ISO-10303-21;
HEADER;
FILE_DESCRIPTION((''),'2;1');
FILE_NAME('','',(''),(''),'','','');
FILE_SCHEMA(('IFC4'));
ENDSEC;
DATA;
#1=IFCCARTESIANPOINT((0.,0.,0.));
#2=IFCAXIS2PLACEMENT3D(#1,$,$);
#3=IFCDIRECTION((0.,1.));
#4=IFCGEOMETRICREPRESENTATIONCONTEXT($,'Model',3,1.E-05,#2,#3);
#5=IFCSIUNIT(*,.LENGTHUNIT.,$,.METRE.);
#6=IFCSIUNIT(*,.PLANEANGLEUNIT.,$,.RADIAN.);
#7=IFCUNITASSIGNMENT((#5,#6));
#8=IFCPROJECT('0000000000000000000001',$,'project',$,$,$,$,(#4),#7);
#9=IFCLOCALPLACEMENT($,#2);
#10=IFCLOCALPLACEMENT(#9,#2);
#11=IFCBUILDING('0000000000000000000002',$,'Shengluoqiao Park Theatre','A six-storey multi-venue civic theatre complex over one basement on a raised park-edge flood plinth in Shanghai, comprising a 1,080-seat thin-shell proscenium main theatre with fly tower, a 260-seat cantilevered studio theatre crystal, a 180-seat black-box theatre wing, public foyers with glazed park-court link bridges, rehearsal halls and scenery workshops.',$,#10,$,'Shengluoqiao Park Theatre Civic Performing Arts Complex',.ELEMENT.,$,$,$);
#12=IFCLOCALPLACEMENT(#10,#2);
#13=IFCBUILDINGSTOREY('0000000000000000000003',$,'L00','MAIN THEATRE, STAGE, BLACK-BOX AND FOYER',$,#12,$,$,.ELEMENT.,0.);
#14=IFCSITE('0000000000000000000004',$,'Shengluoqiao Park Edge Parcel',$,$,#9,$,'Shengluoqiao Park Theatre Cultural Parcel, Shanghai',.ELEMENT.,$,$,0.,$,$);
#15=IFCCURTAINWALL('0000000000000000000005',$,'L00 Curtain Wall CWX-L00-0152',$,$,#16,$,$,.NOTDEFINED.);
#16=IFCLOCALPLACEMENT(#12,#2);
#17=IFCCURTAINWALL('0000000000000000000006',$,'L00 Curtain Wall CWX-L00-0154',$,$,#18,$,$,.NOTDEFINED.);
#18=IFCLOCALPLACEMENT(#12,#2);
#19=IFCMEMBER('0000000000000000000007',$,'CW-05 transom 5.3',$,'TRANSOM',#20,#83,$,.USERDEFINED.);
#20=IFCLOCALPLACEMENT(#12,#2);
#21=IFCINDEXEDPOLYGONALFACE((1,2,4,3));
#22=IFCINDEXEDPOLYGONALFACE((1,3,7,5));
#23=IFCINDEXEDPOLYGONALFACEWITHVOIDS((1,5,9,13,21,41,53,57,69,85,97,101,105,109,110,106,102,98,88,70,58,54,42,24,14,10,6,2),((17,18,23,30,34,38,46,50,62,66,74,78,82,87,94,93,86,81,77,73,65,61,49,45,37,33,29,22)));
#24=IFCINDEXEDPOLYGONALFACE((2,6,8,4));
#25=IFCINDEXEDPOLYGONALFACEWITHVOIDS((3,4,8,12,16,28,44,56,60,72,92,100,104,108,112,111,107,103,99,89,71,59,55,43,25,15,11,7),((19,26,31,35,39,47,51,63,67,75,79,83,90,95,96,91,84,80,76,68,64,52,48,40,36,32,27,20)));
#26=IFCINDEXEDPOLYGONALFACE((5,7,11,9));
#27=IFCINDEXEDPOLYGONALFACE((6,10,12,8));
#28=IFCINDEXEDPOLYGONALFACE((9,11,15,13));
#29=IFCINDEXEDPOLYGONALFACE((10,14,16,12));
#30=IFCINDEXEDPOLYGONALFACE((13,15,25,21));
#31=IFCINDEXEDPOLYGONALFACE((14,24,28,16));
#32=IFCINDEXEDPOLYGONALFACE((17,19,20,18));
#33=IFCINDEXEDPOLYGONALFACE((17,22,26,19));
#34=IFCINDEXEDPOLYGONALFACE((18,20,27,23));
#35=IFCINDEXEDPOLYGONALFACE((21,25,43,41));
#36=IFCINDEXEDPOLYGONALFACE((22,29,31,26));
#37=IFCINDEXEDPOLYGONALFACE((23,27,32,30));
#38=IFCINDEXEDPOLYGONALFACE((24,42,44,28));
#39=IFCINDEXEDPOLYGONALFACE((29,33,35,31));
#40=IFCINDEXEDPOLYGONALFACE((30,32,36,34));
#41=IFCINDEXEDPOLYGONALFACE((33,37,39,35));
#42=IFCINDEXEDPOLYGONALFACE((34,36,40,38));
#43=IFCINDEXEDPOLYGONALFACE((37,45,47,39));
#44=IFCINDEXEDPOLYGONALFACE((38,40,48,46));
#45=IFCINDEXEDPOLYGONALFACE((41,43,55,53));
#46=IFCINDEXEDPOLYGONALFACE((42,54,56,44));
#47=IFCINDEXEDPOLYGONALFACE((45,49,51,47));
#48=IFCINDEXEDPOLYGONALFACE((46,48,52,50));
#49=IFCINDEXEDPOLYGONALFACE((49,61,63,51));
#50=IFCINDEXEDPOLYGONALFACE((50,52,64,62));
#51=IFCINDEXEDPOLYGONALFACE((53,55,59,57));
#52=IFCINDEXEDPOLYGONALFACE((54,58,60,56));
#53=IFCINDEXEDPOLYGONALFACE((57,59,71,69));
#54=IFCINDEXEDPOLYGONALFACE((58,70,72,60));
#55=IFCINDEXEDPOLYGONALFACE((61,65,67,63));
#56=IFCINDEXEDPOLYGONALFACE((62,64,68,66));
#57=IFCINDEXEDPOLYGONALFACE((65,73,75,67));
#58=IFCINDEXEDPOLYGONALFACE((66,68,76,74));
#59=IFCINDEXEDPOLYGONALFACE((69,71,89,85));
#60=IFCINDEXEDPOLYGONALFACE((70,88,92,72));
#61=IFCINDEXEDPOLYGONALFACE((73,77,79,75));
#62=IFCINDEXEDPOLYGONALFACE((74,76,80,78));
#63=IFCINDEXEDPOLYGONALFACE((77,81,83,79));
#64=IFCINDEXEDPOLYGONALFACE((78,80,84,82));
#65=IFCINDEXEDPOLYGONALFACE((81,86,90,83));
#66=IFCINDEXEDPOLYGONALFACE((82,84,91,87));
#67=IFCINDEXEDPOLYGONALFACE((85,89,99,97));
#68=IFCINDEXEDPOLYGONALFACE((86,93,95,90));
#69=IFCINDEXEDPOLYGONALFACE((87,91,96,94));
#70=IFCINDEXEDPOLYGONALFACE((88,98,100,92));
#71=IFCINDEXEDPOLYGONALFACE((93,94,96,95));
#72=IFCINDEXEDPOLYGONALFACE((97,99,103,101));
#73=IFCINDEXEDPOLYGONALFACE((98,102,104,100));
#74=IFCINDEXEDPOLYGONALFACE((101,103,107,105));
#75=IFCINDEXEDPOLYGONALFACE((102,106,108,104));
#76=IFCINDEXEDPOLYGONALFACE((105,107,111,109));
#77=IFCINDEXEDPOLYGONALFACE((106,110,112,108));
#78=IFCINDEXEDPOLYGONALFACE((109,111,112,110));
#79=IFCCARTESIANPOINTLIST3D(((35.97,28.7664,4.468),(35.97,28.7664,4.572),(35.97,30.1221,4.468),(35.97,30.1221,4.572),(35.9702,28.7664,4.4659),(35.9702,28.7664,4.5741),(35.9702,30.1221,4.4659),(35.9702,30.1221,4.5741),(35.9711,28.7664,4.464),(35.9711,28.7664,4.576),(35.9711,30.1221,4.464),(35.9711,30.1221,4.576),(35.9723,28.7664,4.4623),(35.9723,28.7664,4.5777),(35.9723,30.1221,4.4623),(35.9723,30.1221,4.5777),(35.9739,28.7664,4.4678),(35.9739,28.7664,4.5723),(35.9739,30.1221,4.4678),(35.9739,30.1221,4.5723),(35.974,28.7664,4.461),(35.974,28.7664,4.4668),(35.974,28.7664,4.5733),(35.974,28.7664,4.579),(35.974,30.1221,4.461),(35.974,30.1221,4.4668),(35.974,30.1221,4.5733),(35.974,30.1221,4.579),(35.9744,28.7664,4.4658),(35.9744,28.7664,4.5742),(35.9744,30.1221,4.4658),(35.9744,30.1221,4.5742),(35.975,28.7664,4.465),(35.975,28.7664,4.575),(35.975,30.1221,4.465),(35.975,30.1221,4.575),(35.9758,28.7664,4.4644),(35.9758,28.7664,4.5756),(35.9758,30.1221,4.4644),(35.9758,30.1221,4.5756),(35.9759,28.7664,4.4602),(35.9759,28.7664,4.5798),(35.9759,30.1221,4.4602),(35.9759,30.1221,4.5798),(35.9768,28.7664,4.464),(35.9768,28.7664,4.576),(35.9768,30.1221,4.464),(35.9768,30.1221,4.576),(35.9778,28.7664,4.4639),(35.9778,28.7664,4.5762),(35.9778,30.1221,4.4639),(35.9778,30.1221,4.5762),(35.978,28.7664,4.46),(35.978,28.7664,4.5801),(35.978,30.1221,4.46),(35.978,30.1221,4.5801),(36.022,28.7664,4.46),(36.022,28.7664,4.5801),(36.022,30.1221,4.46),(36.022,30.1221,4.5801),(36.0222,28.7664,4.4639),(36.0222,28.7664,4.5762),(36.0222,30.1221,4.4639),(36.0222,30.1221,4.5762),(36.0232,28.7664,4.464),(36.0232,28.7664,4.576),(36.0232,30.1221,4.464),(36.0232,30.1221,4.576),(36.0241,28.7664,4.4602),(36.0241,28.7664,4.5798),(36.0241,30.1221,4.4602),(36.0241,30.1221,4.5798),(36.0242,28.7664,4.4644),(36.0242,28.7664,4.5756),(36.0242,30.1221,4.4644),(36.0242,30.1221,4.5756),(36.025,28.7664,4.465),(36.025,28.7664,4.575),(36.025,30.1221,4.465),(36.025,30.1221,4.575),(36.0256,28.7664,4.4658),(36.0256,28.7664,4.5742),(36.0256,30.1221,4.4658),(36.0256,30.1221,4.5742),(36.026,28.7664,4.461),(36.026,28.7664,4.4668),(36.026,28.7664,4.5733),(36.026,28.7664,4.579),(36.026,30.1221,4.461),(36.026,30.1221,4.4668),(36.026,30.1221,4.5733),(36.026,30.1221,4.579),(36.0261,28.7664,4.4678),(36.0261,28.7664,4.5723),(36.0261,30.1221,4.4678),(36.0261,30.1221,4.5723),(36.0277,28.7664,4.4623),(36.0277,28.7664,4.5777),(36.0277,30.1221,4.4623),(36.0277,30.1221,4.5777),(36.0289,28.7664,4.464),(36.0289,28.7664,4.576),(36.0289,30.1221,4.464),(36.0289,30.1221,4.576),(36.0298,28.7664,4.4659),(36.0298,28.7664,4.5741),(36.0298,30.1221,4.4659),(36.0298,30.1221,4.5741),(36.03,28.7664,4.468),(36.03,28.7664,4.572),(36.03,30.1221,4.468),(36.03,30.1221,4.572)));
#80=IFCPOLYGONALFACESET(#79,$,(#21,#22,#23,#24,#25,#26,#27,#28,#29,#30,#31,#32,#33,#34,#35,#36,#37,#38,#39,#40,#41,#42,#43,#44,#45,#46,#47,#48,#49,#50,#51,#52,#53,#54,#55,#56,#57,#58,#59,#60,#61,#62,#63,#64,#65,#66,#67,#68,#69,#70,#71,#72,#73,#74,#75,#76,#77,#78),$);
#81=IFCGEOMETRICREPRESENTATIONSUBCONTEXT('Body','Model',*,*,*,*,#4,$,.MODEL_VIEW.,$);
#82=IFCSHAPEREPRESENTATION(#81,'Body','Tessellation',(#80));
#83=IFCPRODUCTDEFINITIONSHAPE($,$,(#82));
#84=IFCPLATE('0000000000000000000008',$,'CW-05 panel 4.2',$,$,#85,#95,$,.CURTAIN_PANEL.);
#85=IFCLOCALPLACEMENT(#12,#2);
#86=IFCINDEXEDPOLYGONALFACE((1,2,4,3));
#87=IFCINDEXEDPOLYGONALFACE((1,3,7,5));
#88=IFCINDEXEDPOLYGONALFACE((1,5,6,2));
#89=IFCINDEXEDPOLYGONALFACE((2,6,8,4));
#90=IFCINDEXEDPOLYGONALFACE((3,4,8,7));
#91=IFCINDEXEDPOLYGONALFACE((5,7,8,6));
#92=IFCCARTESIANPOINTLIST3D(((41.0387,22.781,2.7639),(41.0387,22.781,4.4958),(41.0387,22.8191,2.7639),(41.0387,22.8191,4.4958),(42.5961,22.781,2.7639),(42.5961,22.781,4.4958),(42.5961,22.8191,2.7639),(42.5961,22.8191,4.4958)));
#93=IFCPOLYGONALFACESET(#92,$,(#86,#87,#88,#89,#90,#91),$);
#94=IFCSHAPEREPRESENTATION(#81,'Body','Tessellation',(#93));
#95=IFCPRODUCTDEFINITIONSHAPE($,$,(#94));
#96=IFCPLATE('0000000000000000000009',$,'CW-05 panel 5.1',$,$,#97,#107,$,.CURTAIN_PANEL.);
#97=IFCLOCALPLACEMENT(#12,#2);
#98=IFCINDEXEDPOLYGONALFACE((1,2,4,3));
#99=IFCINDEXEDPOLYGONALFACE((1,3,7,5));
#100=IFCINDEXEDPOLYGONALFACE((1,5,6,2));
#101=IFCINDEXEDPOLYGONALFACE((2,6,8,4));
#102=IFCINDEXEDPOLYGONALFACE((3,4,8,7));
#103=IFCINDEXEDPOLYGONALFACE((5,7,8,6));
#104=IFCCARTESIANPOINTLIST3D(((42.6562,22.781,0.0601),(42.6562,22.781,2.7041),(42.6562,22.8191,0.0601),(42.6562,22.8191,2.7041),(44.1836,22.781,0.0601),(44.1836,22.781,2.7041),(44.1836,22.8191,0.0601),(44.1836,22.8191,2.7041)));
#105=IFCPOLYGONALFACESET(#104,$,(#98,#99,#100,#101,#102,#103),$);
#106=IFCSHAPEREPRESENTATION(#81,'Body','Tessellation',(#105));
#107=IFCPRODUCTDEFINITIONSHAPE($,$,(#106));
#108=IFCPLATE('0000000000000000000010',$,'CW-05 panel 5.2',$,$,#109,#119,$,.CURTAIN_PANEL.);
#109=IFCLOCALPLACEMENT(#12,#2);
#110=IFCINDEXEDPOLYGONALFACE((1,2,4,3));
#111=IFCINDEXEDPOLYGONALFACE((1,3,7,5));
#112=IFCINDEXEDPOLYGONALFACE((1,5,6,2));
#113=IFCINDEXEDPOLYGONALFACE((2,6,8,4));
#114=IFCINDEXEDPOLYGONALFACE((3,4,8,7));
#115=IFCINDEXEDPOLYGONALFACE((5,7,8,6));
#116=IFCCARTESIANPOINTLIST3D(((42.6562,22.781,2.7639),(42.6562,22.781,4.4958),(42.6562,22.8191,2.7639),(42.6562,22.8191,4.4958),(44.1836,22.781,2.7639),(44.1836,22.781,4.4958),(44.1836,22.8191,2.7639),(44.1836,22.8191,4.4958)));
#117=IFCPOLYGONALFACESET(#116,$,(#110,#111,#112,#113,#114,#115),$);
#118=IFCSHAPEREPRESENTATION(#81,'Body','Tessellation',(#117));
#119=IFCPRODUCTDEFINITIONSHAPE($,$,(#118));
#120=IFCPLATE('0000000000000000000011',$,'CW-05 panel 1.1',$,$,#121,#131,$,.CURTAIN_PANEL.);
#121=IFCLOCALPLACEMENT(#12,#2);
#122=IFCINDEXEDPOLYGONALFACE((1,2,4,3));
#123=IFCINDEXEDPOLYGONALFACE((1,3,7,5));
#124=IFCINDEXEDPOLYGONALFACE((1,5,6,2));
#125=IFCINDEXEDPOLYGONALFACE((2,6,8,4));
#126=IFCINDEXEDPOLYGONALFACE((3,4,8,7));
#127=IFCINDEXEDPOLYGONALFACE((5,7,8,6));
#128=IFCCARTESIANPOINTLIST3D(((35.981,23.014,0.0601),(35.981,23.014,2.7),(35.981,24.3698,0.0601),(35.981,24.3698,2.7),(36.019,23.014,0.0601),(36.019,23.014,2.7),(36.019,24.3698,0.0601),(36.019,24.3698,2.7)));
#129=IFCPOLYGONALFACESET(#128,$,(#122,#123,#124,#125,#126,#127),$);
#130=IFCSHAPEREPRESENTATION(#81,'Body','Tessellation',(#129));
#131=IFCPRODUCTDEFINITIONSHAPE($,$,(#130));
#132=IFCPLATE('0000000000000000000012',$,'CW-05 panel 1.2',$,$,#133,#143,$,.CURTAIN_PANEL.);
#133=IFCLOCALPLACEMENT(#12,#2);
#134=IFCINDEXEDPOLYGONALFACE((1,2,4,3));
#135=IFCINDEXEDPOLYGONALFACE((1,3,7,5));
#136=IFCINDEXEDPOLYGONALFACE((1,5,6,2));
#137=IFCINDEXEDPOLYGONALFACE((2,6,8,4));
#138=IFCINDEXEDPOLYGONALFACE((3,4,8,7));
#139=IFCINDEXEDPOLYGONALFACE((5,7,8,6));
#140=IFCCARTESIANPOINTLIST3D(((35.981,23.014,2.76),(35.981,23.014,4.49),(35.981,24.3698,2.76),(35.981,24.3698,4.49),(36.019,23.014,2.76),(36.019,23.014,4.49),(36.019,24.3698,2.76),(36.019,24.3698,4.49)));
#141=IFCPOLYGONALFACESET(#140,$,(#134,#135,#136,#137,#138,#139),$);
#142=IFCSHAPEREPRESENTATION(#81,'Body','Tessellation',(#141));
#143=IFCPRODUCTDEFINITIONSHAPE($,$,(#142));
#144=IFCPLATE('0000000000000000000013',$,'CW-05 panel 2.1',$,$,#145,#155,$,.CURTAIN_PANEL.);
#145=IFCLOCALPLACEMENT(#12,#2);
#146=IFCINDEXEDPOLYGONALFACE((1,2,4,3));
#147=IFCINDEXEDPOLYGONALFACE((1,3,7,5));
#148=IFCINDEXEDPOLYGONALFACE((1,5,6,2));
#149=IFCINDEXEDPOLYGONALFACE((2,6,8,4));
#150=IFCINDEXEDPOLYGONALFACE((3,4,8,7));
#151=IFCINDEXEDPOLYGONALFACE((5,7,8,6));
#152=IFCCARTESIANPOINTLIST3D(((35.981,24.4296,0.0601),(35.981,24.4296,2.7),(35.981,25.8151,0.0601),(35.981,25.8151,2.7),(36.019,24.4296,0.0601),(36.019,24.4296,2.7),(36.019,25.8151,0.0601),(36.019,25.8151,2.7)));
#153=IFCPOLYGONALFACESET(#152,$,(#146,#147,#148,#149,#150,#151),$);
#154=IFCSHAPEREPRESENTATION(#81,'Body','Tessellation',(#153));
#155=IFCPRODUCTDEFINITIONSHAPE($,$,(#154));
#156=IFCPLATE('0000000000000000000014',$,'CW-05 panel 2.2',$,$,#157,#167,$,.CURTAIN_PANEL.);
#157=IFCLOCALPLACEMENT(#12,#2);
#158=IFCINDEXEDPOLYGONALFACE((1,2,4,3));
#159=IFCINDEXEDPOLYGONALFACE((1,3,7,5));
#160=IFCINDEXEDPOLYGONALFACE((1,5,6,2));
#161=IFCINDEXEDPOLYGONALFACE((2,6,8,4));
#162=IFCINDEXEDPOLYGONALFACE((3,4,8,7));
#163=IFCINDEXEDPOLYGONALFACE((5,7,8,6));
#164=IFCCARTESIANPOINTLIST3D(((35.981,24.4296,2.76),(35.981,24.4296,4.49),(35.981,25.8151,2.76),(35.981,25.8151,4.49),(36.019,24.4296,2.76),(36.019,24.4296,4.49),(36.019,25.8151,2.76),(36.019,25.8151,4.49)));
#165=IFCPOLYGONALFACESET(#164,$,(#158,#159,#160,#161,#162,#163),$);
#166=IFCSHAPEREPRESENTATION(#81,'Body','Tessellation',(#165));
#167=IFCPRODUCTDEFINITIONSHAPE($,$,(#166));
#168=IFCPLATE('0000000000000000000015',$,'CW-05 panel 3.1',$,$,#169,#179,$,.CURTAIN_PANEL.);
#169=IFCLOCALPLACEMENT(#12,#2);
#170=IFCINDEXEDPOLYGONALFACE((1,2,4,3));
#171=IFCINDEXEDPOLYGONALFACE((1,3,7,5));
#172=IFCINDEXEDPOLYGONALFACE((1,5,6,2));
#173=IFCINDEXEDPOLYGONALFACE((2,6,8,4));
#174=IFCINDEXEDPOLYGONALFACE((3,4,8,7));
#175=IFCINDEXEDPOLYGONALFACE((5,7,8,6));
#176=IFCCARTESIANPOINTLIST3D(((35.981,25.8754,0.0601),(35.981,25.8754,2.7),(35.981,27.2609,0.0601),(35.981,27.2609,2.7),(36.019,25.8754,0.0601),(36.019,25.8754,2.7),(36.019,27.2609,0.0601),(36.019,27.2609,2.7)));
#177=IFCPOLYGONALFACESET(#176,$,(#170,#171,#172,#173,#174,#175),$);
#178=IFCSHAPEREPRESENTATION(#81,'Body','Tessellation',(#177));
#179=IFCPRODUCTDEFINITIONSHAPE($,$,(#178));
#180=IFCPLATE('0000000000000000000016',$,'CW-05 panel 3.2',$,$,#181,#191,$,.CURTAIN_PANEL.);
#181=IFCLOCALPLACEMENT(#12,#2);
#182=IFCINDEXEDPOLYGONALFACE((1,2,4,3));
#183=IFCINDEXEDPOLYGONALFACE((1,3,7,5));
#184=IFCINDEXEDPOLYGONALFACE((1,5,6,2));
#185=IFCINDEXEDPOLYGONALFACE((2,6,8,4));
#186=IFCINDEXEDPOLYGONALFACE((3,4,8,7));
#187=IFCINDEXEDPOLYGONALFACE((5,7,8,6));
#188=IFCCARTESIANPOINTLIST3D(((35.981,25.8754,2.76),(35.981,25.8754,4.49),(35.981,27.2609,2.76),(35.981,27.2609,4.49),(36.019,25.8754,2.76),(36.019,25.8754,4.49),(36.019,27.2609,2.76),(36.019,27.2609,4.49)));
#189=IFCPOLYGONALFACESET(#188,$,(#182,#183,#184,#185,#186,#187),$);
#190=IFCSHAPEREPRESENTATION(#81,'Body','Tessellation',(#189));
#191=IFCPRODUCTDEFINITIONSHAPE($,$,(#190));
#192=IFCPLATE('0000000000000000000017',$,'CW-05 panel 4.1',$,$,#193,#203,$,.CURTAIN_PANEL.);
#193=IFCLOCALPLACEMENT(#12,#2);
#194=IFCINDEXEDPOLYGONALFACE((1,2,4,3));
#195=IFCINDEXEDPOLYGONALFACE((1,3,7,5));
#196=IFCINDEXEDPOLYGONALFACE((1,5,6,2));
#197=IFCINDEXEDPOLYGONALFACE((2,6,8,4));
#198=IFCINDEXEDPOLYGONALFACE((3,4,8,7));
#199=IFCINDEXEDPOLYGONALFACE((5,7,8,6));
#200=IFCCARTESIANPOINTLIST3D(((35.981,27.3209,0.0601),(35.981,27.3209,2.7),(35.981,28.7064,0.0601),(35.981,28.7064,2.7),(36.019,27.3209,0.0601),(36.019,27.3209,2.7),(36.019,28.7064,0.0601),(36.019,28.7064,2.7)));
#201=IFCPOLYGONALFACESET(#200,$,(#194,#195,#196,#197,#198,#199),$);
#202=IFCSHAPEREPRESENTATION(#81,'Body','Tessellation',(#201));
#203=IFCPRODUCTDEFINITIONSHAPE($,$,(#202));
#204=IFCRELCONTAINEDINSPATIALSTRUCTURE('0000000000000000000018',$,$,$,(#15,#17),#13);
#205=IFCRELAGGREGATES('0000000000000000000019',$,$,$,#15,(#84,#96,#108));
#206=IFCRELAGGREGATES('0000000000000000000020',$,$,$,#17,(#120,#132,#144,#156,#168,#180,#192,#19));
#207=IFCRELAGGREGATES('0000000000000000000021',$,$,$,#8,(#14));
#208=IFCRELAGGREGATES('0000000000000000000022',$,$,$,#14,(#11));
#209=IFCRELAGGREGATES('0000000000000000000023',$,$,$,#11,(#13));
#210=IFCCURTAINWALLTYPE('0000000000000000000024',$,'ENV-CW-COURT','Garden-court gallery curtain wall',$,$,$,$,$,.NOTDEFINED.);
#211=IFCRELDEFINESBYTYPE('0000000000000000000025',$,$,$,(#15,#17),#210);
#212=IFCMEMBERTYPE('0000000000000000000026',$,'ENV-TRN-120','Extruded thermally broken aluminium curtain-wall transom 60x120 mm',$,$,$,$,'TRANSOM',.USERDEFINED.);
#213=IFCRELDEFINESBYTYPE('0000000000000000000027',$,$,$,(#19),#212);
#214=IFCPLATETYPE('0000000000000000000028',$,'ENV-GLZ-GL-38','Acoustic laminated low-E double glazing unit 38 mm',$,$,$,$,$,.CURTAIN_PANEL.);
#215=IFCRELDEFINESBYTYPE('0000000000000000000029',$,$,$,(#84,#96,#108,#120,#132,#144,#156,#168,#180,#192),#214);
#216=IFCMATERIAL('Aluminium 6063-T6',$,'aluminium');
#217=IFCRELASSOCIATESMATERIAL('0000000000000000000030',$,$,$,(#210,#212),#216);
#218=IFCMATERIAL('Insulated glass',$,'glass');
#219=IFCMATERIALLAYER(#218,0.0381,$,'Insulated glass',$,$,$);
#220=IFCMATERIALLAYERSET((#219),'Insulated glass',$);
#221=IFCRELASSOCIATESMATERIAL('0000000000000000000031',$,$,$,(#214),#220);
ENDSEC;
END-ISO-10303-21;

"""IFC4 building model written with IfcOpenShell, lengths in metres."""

from ifc_helpers import new_model, si_unit, direction, frame, origin, origin_2d, place, context, subcontext, project, spatial, rectangle, hollow_rectangle, extrude, material, layer, layer_set, material_profile, profile_set, type_object, element, aggregate, save


model = new_model("IFC4")

# Units and contexts
model_context = context("Model", 3, precision=1e-05, world=origin(), true_north=direction((0.0, 1.0)))
body_context = subcontext(model_context, "Body", "Model", "MODEL_VIEW")
ifc_project = project(units=[si_unit("LENGTHUNIT", "METRE"), si_unit("PLANEANGLEUNIT", "RADIAN")], contexts=[model_context])

# Site, building, storey
site_placement = place(None, origin())
site = spatial("IfcSite", under=ifc_project, at=site_placement, Name="Shengluoqiao Park Edge Parcel", LongName="Shengluoqiao Park Theatre Cultural Parcel, Shanghai", CompositionType="ELEMENT", RefElevation=0.0)
building_placement = place(site_placement, origin())
building = spatial("IfcBuilding", under=site, at=building_placement, Name="Shengluoqiao Park Theatre", Description="A six-storey multi-venue civic theatre complex over one basement on a raised park-edge flood plinth in Shanghai, comprising a 1,080-seat thin-shell proscenium main theatre with fly tower, a 260-seat cantilevered studio theatre crystal, a 180-seat black-box theatre wing, public foyers with glazed park-court link bridges, rehearsal halls and scenery workshops.", LongName="Shengluoqiao Park Theatre Civic Performing Arts Complex", CompositionType="ELEMENT")
storey_placement = place(building_placement, origin())
storey = spatial("IfcBuildingStorey", under=building, at=storey_placement, Name="L00", Description="MAIN THEATRE, STAGE, BLACK-BOX AND FOYER", CompositionType="ELEMENT", Elevation=0.0)

# Curtain walls
ifc_material_1 = material(Name="Aluminium 6063-T6", Category="aluminium")
curtain_wall_type = type_object("IfcCurtainWallType", Name="ENV-CW-COURT", Description="Garden-court gallery curtain wall", PredefinedType="NOTDEFINED", material=ifc_material_1)
curtain_wall_1_placement = place(storey_placement, origin())
curtain_wall_1 = element("IfcCurtainWall", 1, at=curtain_wall_1_placement, inside=storey, type_object=curtain_wall_type, Name="L00 Curtain Wall CWX-L00-0152", PredefinedType="NOTDEFINED")
curtain_wall_2_placement = place(storey_placement, origin())
curtain_wall_2 = element("IfcCurtainWall", 2, at=curtain_wall_2_placement, inside=storey, type_object=curtain_wall_type, Name="L00 Curtain Wall CWX-L00-0154", PredefinedType="NOTDEFINED")

# Member
ifc_material_profile_1 = material_profile(ifc_material_1, hollow_rectangle(XDim=0.0601, YDim=0.1201, WallThickness=0.0039, InnerFilletRadius=0.0039, OuterFilletRadius=0.0081, at=origin_2d()), Name="ALU TRANSOM 120x60x4")
ifc_profile_set_1 = profile_set([ifc_material_profile_1], Name="Aluminium 6063-T6")
member_type_1 = type_object("IfcMemberType", Name="ENV-TRN-120", Description="Extruded thermally broken aluminium curtain-wall transom 60x120 mm", ElementType="TRANSOM", PredefinedType="USERDEFINED", material=ifc_profile_set_1)
member_1_placement = place(storey_placement, frame((36.0, 28.7664, 4.52), z_axis=(0.0, 1.0, 0.0), x_axis=(-1.0, 0.0, 0.0)))
member_1 = element("IfcMember", 3, at=member_1_placement, type_object=member_type_1, Name="CW-05 transom 5.3", ObjectType="TRANSOM", PredefinedType="USERDEFINED", context=body_context, shape_type="SweptSolid", body=[
    extrude(hollow_rectangle(XDim=0.0601, YDim=0.1201, WallThickness=0.0039, InnerFilletRadius=0.0039, OuterFilletRadius=0.0081, at=origin_2d()), origin(), (0.0, 0.0, 1.0), 1.3557),
])

# Plates
ifc_material_2 = material(Name="Insulated glass", Category="glass")
ifc_layer = layer(ifc_material_2, 0.0381, Name="Insulated glass")
ifc_layer_set = layer_set([ifc_layer], Name="Insulated glass")
plate_type = type_object("IfcPlateType", Name="ENV-GLZ-GL-38", Description="Acoustic laminated low-E double glazing unit 38 mm", PredefinedType="CURTAIN_PANEL", material=ifc_layer_set)
plate_1_placement = place(storey_placement, frame((41.8174, 22.8, 2.7639), z_axis=(0.0, 0.0, 1.0), x_axis=(1.0, 0.0, 0.0)))
plate_1 = element("IfcPlate", 4, at=plate_1_placement, type_object=plate_type, Name="CW-05 panel 4.2", PredefinedType="CURTAIN_PANEL", context=body_context, shape_type="SweptSolid", body=[
    extrude(rectangle(XDim=1.5574, YDim=0.0381, at=origin_2d()), origin(), (0.0, 0.0, 1.0), 1.7319),
])
plate_2_placement = place(storey_placement, frame((43.4199, 22.8, 0.0601), z_axis=(0.0, 0.0, 1.0), x_axis=(1.0, 0.0, 0.0)))
plate_2 = element("IfcPlate", 5, at=plate_2_placement, type_object=plate_type, Name="CW-05 panel 5.1", PredefinedType="CURTAIN_PANEL", context=body_context, shape_type="SweptSolid", body=[
    extrude(rectangle(XDim=1.5273, YDim=0.0381, at=origin_2d()), origin(), (0.0, 0.0, 1.0), 2.644),
])
plate_3_placement = place(storey_placement, frame((43.4199, 22.8, 2.7639), z_axis=(0.0, 0.0, 1.0), x_axis=(1.0, 0.0, 0.0)))
plate_3 = element("IfcPlate", 6, at=plate_3_placement, type_object=plate_type, Name="CW-05 panel 5.2", PredefinedType="CURTAIN_PANEL", context=body_context, shape_type="SweptSolid", body=[
    extrude(rectangle(XDim=1.5273, YDim=0.0381, at=origin_2d()), origin(), (0.0, 0.0, 1.0), 1.7319),
])
aggregate(curtain_wall_1, [plate_1, plate_2, plate_3])
plate_4_placement = place(storey_placement, frame((36.0, 23.6919, 0.0601), z_axis=(0.0, 0.0, 1.0), x_axis=(0.0, 1.0, 0.0)))
plate_4 = element("IfcPlate", 7, at=plate_4_placement, type_object=plate_type, Name="CW-05 panel 1.1", PredefinedType="CURTAIN_PANEL", context=body_context, shape_type="SweptSolid", body=[
    extrude(rectangle(XDim=1.3557, YDim=0.0381, at=origin_2d()), origin(), (0.0, 0.0, 1.0), 2.6399),
])
plate_5_placement = place(storey_placement, frame((36.0, 23.6919, 2.76), z_axis=(0.0, 0.0, 1.0), x_axis=(0.0, 1.0, 0.0)))
plate_5 = element("IfcPlate", 8, at=plate_5_placement, type_object=plate_type, Name="CW-05 panel 1.2", PredefinedType="CURTAIN_PANEL", context=body_context, shape_type="SweptSolid", body=[
    extrude(rectangle(XDim=1.3557, YDim=0.0381, at=origin_2d()), origin(), (0.0, 0.0, 1.0), 1.73),
])
plate_6_placement = place(storey_placement, frame((36.0, 25.1223, 0.0601), z_axis=(0.0, 0.0, 1.0), x_axis=(0.0, 1.0, 0.0)))
plate_6 = element("IfcPlate", 9, at=plate_6_placement, type_object=plate_type, Name="CW-05 panel 2.1", PredefinedType="CURTAIN_PANEL", context=body_context, shape_type="SweptSolid", body=[
    extrude(rectangle(XDim=1.3855, YDim=0.0381, at=origin_2d()), origin(), (0.0, 0.0, 1.0), 2.6399),
])
plate_7_placement = place(storey_placement, frame((36.0, 25.1223, 2.76), z_axis=(0.0, 0.0, 1.0), x_axis=(0.0, 1.0, 0.0)))
plate_7 = element("IfcPlate", 10, at=plate_7_placement, type_object=plate_type, Name="CW-05 panel 2.2", PredefinedType="CURTAIN_PANEL", context=body_context, shape_type="SweptSolid", body=[
    extrude(rectangle(XDim=1.3855, YDim=0.0381, at=origin_2d()), origin(), (0.0, 0.0, 1.0), 1.73),
])
plate_8_placement = place(storey_placement, frame((36.0, 26.5681, 0.0601), z_axis=(0.0, 0.0, 1.0), x_axis=(0.0, 1.0, 0.0)))
plate_8 = element("IfcPlate", 11, at=plate_8_placement, type_object=plate_type, Name="CW-05 panel 3.1", PredefinedType="CURTAIN_PANEL", context=body_context, shape_type="SweptSolid", body=[
    extrude(rectangle(XDim=1.3855, YDim=0.0381, at=origin_2d()), origin(), (0.0, 0.0, 1.0), 2.6399),
])
plate_9_placement = place(storey_placement, frame((36.0, 26.5681, 2.76), z_axis=(0.0, 0.0, 1.0), x_axis=(0.0, 1.0, 0.0)))
plate_9 = element("IfcPlate", 12, at=plate_9_placement, type_object=plate_type, Name="CW-05 panel 3.2", PredefinedType="CURTAIN_PANEL", context=body_context, shape_type="SweptSolid", body=[
    extrude(rectangle(XDim=1.3855, YDim=0.0381, at=origin_2d()), origin(), (0.0, 0.0, 1.0), 1.73),
])
plate_10_placement = place(storey_placement, frame((36.0, 28.0137, 0.0601), z_axis=(0.0, 0.0, 1.0), x_axis=(0.0, 1.0, 0.0)))
plate_10 = element("IfcPlate", 13, at=plate_10_placement, type_object=plate_type, Name="CW-05 panel 4.1", PredefinedType="CURTAIN_PANEL", context=body_context, shape_type="SweptSolid", body=[
    extrude(rectangle(XDim=1.3855, YDim=0.0381, at=origin_2d()), origin(), (0.0, 0.0, 1.0), 2.6399),
])
aggregate(curtain_wall_2, [plate_4, plate_5, plate_6, plate_7, plate_8, plate_9, plate_10, member_1])

save(model, "model.ifc")
